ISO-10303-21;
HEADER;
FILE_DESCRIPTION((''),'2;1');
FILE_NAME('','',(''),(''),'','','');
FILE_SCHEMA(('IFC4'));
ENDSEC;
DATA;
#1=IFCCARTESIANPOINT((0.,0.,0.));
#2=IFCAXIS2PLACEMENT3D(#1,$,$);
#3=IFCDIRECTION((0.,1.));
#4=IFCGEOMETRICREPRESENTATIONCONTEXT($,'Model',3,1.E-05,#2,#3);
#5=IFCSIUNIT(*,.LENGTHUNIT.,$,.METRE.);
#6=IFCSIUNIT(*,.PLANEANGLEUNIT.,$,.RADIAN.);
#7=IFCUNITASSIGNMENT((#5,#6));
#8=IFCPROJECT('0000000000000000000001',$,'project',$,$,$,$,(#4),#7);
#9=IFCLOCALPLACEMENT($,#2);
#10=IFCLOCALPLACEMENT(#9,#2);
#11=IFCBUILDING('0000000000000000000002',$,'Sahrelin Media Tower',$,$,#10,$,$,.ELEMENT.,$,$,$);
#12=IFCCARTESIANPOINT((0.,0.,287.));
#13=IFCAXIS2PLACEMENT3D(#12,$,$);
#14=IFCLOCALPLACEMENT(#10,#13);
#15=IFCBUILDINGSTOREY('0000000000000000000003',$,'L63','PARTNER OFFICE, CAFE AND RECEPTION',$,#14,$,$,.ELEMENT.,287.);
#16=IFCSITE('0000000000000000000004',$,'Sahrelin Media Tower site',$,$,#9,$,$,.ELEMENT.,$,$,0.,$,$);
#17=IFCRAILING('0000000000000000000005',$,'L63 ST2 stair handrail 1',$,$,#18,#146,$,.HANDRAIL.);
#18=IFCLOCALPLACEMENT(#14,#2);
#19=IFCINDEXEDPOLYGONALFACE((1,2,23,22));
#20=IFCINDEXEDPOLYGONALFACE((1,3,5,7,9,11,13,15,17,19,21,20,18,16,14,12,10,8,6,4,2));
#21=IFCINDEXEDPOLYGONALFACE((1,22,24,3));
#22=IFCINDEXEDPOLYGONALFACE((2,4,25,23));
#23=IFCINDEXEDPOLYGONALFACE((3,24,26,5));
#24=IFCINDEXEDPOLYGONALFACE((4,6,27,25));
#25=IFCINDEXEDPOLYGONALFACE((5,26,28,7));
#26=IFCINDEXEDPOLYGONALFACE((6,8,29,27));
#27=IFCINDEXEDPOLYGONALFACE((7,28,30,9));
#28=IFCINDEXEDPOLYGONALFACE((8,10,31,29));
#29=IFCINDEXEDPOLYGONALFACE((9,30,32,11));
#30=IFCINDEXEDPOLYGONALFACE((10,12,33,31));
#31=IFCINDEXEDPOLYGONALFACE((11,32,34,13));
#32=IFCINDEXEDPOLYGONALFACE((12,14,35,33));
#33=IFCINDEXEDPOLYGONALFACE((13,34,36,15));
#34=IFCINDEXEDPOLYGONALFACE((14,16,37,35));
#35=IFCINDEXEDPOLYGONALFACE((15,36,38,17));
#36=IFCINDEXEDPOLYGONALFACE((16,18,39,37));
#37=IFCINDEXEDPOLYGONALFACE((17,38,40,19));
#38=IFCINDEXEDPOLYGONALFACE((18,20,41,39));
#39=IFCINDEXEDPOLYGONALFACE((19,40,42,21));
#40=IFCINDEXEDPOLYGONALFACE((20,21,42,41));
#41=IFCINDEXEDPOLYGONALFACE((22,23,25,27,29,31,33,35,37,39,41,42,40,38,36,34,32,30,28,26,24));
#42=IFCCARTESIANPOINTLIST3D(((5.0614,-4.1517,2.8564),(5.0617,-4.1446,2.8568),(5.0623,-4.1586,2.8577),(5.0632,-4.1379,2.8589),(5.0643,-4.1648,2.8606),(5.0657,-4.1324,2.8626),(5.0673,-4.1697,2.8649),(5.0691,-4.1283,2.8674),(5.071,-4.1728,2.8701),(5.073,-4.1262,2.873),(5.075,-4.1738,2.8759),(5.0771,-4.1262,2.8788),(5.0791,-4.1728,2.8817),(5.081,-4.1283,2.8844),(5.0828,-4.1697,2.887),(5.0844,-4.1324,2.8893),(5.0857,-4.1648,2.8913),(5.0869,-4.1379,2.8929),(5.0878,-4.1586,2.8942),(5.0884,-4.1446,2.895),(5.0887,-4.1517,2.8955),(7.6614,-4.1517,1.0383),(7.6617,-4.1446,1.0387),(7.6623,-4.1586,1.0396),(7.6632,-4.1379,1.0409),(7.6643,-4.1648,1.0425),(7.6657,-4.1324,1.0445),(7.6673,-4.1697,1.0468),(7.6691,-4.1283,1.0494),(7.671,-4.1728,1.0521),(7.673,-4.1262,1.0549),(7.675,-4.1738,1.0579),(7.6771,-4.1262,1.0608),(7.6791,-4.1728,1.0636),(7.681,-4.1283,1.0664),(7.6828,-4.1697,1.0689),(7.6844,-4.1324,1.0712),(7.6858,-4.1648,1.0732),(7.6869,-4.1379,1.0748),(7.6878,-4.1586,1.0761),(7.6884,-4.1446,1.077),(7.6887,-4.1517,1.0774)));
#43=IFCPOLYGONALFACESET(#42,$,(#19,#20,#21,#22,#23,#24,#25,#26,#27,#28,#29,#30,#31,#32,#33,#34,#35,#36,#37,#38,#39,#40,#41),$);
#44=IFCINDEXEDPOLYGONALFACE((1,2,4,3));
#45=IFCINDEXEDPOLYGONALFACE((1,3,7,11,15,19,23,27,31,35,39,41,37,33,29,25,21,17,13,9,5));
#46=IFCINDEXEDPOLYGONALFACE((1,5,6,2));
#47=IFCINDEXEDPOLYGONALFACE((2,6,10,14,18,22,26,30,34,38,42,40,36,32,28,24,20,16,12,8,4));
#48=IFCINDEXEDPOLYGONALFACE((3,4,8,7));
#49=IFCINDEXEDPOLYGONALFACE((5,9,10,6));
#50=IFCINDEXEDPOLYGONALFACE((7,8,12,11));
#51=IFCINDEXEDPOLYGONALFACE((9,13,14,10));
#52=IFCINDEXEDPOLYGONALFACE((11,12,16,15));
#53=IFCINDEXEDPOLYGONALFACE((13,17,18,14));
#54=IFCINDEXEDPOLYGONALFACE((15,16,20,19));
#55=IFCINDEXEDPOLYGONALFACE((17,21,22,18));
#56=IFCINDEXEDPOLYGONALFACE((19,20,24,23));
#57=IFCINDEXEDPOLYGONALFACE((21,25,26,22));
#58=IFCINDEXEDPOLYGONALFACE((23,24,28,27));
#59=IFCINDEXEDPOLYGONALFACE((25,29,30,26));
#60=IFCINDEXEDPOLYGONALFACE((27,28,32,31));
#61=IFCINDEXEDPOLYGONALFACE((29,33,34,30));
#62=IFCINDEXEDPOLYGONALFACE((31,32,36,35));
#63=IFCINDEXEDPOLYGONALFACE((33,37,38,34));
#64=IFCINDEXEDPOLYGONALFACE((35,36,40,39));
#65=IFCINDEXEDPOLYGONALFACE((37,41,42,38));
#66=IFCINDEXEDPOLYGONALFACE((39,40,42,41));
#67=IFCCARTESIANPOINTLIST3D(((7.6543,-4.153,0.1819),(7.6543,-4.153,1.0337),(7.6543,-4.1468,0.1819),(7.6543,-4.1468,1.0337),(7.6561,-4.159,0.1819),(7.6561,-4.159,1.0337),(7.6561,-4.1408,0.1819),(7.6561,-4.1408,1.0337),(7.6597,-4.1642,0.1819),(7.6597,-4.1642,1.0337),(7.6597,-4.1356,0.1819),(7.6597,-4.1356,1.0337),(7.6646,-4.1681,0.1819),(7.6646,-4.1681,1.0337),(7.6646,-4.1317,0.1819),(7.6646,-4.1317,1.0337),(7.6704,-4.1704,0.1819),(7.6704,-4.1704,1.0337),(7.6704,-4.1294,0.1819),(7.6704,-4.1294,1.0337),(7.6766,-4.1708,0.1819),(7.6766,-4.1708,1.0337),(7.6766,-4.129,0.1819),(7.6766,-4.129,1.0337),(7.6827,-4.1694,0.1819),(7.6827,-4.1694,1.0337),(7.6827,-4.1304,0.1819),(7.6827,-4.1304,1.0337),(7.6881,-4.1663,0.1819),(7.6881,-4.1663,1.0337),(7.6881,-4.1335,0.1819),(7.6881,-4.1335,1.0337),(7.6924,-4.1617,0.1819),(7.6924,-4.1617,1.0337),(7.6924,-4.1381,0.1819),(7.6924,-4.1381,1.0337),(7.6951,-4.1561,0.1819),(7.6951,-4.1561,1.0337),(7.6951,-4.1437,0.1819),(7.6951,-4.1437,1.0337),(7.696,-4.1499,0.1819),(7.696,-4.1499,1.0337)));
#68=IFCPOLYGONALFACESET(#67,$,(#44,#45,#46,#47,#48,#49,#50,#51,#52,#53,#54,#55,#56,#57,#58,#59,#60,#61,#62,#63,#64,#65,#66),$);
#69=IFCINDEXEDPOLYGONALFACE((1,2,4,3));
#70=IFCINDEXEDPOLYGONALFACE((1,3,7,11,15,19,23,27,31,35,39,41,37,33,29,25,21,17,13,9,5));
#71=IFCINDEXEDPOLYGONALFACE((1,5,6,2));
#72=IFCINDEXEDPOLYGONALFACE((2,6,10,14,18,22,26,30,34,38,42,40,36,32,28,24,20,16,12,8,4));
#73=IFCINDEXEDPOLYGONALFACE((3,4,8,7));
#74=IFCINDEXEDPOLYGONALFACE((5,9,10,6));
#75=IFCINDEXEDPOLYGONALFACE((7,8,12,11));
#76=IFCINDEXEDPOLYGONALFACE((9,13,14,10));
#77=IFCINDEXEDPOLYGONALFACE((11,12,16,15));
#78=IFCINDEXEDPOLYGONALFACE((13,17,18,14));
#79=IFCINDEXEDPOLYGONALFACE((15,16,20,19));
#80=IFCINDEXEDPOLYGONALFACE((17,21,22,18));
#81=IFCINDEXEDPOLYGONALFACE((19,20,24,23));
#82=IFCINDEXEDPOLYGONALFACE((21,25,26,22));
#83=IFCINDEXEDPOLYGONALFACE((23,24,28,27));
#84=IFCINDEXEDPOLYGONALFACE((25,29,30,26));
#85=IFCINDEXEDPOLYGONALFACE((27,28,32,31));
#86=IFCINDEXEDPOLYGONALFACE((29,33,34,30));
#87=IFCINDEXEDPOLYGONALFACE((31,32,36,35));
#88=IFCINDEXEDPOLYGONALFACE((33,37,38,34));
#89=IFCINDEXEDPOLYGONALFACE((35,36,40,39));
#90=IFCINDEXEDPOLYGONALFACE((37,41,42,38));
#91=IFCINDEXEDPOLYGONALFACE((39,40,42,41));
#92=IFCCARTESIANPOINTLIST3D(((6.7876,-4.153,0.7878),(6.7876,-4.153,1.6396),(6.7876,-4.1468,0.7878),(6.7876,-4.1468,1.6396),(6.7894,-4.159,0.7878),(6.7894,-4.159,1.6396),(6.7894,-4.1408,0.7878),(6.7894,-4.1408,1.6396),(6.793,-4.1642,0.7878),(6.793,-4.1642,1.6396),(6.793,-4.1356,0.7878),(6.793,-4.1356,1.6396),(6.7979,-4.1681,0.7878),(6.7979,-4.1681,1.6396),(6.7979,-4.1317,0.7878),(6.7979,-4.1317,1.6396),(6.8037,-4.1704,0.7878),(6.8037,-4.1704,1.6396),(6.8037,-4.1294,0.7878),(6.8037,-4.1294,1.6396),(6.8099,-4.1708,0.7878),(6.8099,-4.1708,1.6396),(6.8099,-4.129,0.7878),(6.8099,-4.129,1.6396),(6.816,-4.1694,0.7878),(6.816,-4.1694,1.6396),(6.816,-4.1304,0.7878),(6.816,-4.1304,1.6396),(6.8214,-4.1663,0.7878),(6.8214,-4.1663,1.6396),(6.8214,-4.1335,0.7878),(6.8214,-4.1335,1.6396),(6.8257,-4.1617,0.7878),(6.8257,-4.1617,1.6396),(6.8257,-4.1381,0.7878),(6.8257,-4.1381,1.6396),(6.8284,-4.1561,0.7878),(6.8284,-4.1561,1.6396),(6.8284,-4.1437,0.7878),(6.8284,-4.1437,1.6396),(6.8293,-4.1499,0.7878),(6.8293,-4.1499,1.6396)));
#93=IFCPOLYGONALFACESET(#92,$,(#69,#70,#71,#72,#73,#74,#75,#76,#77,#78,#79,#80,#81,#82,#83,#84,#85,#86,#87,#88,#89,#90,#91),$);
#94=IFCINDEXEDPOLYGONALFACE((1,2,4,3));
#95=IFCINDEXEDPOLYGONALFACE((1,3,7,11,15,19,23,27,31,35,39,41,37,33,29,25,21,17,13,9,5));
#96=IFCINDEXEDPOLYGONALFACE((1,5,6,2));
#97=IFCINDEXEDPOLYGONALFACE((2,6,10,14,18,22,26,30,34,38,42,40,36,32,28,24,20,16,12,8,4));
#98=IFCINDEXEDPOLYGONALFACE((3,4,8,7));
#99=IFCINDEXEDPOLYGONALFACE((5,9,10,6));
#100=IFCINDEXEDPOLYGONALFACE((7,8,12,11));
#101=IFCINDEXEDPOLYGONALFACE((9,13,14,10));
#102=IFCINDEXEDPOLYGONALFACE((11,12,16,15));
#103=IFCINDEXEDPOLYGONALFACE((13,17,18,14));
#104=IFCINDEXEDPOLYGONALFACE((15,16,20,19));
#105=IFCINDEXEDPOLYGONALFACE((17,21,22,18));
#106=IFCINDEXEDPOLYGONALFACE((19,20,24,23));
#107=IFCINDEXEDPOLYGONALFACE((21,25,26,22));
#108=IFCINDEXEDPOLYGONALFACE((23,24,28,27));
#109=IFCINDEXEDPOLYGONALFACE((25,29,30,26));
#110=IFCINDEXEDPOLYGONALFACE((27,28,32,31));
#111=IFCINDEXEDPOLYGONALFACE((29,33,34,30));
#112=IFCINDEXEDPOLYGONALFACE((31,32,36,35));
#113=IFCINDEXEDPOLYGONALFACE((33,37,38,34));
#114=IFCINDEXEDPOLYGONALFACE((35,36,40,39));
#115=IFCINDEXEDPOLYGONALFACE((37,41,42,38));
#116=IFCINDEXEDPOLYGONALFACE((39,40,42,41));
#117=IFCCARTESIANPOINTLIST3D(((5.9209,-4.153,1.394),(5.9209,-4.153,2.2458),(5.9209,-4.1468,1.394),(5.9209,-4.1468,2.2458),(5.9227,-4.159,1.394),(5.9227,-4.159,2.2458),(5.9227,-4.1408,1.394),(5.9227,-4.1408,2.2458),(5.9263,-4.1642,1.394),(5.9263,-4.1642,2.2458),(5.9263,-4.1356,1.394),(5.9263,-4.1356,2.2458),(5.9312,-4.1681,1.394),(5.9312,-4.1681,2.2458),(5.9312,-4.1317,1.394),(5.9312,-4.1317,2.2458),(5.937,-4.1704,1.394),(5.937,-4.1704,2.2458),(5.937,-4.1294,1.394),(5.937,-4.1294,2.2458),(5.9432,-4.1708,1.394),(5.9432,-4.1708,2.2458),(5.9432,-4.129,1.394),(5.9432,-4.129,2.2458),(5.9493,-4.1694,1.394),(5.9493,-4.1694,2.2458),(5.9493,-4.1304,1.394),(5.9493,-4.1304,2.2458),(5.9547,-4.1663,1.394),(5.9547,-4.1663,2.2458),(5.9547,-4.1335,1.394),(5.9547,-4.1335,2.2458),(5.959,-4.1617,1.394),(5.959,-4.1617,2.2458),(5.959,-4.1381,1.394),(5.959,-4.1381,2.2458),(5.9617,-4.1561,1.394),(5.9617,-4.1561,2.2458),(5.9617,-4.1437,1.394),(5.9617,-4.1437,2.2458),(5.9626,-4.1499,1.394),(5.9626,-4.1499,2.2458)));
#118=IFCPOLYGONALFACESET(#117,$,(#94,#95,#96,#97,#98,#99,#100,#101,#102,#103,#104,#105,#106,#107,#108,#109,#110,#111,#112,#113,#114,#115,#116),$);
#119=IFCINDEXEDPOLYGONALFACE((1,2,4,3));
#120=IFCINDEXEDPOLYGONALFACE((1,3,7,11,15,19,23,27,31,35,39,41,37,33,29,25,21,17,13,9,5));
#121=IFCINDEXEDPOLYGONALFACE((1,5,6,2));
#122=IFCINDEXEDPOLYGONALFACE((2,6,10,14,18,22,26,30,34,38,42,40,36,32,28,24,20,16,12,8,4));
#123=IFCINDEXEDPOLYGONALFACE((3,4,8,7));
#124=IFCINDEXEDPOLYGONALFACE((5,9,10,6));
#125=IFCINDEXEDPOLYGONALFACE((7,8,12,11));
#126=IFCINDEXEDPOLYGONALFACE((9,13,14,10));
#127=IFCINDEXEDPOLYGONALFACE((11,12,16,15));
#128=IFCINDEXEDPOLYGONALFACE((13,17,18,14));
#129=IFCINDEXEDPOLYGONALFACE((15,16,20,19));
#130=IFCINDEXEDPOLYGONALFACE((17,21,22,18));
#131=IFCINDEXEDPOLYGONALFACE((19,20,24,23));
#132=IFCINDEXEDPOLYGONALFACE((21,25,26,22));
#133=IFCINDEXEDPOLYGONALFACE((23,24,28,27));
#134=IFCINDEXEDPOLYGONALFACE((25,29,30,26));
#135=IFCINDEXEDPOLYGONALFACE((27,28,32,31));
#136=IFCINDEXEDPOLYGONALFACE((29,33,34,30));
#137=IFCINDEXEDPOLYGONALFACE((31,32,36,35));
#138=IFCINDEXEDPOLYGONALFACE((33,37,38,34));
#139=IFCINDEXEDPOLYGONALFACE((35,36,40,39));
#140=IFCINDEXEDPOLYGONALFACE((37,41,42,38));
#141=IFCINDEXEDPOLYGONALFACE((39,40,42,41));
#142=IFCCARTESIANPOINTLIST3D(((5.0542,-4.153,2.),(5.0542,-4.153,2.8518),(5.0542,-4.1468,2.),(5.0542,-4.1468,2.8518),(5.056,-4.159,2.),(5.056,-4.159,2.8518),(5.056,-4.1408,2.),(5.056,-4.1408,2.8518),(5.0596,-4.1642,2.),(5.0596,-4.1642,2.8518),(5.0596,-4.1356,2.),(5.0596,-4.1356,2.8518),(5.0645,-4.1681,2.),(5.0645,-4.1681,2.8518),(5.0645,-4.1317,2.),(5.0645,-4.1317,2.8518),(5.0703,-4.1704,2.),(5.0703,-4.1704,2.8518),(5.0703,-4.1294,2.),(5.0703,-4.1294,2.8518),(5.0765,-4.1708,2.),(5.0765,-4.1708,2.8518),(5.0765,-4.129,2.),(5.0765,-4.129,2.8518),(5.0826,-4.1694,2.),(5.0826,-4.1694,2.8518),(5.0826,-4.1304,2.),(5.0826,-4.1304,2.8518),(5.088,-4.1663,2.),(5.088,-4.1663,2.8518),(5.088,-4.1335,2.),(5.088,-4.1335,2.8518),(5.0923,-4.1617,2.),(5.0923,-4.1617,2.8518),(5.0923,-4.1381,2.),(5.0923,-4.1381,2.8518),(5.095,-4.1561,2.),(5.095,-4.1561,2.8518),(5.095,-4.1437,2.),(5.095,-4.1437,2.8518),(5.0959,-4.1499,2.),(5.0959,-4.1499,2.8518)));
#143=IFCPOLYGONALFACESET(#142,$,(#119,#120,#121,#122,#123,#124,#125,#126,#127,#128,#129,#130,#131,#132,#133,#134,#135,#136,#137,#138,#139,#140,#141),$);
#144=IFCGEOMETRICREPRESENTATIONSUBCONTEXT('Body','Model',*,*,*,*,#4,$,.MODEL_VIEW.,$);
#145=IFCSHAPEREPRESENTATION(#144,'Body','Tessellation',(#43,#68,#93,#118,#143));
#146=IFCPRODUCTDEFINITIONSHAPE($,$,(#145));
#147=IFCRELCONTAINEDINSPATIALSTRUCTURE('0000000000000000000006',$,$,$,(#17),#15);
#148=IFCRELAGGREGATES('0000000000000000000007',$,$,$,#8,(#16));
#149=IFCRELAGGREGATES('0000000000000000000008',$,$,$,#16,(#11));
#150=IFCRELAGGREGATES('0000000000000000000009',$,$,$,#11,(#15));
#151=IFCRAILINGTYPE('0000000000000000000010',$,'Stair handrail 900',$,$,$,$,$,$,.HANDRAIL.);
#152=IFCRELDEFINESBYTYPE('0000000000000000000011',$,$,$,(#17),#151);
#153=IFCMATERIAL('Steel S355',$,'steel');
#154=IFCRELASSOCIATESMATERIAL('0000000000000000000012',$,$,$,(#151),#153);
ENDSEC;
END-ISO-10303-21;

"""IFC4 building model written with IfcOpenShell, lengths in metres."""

from ifc_helpers import new_model, si_unit, direction, frame, origin, origin_2d, place, context, subcontext, project, spatial, circle, extrude, material, type_object, element, save


model = new_model("IFC4")

# Units and contexts
model_context = context("Model", 3, precision=1e-05, world=origin(), true_north=direction((0.0, 1.0)))
body_context = subcontext(model_context, "Body", "Model", "MODEL_VIEW")
ifc_project = project(units=[si_unit("LENGTHUNIT", "METRE"), si_unit("PLANEANGLEUNIT", "RADIAN")], contexts=[model_context])

# Site, building, storey
site_placement = place(None, origin())
site = spatial("IfcSite", under=ifc_project, at=site_placement, Name="Sahrelin Media Tower site", CompositionType="ELEMENT", RefElevation=0.0)
building_placement = place(site_placement, origin())
building = spatial("IfcBuilding", under=site, at=building_placement, Name="Sahrelin Media Tower", CompositionType="ELEMENT")
storey_placement = place(building_placement, frame((0.0, 0.0, 287.0)))
storey = spatial("IfcBuildingStorey", under=building, at=storey_placement, Name="L63", Description="PARTNER OFFICE, CAFE AND RECEPTION", CompositionType="ELEMENT", Elevation=287.0)

# Railing
ifc_material_1 = material(Name="Steel S355", Category="steel")
railing_type_1 = type_object("IfcRailingType", Name="Stair handrail 900", PredefinedType="HANDRAIL", material=ifc_material_1)
railing_1_placement = place(storey_placement, frame((7.675, -4.1499, 0.1819)))
element("IfcRailing", 1, at=railing_1_placement, inside=storey, type_object=railing_type_1, Name="L63 ST2 stair handrail 1", PredefinedType="HANDRAIL", context=body_context, shape_type="SweptSolid", body=[
    extrude(circle(Radius=0.0239, at=origin_2d()), frame((0.0, 0.0, 0.876), z_axis=(-0.819521, 0.0, 0.573049), x_axis=(0.0, -1.0, 0.0)), (0.0, 0.0, 1.0), 3.1726),
    extrude(circle(Radius=0.021, at=origin_2d()), origin(), (0.0, 0.0, 1.0), 0.8518),
    extrude(circle(Radius=0.021, at=origin_2d()), frame((-0.8667, 0.0, 0.606)), (0.0, 0.0, 1.0), 0.8518),
    extrude(circle(Radius=0.021, at=origin_2d()), frame((-1.7334, 0.0, 1.2122)), (0.0, 0.0, 1.0), 0.8518),
    extrude(circle(Radius=0.021, at=origin_2d()), frame((-2.6001, 0.0, 1.8181)), (0.0, 0.0, 1.0), 0.8518),
])

save(model, "model.ifc")
